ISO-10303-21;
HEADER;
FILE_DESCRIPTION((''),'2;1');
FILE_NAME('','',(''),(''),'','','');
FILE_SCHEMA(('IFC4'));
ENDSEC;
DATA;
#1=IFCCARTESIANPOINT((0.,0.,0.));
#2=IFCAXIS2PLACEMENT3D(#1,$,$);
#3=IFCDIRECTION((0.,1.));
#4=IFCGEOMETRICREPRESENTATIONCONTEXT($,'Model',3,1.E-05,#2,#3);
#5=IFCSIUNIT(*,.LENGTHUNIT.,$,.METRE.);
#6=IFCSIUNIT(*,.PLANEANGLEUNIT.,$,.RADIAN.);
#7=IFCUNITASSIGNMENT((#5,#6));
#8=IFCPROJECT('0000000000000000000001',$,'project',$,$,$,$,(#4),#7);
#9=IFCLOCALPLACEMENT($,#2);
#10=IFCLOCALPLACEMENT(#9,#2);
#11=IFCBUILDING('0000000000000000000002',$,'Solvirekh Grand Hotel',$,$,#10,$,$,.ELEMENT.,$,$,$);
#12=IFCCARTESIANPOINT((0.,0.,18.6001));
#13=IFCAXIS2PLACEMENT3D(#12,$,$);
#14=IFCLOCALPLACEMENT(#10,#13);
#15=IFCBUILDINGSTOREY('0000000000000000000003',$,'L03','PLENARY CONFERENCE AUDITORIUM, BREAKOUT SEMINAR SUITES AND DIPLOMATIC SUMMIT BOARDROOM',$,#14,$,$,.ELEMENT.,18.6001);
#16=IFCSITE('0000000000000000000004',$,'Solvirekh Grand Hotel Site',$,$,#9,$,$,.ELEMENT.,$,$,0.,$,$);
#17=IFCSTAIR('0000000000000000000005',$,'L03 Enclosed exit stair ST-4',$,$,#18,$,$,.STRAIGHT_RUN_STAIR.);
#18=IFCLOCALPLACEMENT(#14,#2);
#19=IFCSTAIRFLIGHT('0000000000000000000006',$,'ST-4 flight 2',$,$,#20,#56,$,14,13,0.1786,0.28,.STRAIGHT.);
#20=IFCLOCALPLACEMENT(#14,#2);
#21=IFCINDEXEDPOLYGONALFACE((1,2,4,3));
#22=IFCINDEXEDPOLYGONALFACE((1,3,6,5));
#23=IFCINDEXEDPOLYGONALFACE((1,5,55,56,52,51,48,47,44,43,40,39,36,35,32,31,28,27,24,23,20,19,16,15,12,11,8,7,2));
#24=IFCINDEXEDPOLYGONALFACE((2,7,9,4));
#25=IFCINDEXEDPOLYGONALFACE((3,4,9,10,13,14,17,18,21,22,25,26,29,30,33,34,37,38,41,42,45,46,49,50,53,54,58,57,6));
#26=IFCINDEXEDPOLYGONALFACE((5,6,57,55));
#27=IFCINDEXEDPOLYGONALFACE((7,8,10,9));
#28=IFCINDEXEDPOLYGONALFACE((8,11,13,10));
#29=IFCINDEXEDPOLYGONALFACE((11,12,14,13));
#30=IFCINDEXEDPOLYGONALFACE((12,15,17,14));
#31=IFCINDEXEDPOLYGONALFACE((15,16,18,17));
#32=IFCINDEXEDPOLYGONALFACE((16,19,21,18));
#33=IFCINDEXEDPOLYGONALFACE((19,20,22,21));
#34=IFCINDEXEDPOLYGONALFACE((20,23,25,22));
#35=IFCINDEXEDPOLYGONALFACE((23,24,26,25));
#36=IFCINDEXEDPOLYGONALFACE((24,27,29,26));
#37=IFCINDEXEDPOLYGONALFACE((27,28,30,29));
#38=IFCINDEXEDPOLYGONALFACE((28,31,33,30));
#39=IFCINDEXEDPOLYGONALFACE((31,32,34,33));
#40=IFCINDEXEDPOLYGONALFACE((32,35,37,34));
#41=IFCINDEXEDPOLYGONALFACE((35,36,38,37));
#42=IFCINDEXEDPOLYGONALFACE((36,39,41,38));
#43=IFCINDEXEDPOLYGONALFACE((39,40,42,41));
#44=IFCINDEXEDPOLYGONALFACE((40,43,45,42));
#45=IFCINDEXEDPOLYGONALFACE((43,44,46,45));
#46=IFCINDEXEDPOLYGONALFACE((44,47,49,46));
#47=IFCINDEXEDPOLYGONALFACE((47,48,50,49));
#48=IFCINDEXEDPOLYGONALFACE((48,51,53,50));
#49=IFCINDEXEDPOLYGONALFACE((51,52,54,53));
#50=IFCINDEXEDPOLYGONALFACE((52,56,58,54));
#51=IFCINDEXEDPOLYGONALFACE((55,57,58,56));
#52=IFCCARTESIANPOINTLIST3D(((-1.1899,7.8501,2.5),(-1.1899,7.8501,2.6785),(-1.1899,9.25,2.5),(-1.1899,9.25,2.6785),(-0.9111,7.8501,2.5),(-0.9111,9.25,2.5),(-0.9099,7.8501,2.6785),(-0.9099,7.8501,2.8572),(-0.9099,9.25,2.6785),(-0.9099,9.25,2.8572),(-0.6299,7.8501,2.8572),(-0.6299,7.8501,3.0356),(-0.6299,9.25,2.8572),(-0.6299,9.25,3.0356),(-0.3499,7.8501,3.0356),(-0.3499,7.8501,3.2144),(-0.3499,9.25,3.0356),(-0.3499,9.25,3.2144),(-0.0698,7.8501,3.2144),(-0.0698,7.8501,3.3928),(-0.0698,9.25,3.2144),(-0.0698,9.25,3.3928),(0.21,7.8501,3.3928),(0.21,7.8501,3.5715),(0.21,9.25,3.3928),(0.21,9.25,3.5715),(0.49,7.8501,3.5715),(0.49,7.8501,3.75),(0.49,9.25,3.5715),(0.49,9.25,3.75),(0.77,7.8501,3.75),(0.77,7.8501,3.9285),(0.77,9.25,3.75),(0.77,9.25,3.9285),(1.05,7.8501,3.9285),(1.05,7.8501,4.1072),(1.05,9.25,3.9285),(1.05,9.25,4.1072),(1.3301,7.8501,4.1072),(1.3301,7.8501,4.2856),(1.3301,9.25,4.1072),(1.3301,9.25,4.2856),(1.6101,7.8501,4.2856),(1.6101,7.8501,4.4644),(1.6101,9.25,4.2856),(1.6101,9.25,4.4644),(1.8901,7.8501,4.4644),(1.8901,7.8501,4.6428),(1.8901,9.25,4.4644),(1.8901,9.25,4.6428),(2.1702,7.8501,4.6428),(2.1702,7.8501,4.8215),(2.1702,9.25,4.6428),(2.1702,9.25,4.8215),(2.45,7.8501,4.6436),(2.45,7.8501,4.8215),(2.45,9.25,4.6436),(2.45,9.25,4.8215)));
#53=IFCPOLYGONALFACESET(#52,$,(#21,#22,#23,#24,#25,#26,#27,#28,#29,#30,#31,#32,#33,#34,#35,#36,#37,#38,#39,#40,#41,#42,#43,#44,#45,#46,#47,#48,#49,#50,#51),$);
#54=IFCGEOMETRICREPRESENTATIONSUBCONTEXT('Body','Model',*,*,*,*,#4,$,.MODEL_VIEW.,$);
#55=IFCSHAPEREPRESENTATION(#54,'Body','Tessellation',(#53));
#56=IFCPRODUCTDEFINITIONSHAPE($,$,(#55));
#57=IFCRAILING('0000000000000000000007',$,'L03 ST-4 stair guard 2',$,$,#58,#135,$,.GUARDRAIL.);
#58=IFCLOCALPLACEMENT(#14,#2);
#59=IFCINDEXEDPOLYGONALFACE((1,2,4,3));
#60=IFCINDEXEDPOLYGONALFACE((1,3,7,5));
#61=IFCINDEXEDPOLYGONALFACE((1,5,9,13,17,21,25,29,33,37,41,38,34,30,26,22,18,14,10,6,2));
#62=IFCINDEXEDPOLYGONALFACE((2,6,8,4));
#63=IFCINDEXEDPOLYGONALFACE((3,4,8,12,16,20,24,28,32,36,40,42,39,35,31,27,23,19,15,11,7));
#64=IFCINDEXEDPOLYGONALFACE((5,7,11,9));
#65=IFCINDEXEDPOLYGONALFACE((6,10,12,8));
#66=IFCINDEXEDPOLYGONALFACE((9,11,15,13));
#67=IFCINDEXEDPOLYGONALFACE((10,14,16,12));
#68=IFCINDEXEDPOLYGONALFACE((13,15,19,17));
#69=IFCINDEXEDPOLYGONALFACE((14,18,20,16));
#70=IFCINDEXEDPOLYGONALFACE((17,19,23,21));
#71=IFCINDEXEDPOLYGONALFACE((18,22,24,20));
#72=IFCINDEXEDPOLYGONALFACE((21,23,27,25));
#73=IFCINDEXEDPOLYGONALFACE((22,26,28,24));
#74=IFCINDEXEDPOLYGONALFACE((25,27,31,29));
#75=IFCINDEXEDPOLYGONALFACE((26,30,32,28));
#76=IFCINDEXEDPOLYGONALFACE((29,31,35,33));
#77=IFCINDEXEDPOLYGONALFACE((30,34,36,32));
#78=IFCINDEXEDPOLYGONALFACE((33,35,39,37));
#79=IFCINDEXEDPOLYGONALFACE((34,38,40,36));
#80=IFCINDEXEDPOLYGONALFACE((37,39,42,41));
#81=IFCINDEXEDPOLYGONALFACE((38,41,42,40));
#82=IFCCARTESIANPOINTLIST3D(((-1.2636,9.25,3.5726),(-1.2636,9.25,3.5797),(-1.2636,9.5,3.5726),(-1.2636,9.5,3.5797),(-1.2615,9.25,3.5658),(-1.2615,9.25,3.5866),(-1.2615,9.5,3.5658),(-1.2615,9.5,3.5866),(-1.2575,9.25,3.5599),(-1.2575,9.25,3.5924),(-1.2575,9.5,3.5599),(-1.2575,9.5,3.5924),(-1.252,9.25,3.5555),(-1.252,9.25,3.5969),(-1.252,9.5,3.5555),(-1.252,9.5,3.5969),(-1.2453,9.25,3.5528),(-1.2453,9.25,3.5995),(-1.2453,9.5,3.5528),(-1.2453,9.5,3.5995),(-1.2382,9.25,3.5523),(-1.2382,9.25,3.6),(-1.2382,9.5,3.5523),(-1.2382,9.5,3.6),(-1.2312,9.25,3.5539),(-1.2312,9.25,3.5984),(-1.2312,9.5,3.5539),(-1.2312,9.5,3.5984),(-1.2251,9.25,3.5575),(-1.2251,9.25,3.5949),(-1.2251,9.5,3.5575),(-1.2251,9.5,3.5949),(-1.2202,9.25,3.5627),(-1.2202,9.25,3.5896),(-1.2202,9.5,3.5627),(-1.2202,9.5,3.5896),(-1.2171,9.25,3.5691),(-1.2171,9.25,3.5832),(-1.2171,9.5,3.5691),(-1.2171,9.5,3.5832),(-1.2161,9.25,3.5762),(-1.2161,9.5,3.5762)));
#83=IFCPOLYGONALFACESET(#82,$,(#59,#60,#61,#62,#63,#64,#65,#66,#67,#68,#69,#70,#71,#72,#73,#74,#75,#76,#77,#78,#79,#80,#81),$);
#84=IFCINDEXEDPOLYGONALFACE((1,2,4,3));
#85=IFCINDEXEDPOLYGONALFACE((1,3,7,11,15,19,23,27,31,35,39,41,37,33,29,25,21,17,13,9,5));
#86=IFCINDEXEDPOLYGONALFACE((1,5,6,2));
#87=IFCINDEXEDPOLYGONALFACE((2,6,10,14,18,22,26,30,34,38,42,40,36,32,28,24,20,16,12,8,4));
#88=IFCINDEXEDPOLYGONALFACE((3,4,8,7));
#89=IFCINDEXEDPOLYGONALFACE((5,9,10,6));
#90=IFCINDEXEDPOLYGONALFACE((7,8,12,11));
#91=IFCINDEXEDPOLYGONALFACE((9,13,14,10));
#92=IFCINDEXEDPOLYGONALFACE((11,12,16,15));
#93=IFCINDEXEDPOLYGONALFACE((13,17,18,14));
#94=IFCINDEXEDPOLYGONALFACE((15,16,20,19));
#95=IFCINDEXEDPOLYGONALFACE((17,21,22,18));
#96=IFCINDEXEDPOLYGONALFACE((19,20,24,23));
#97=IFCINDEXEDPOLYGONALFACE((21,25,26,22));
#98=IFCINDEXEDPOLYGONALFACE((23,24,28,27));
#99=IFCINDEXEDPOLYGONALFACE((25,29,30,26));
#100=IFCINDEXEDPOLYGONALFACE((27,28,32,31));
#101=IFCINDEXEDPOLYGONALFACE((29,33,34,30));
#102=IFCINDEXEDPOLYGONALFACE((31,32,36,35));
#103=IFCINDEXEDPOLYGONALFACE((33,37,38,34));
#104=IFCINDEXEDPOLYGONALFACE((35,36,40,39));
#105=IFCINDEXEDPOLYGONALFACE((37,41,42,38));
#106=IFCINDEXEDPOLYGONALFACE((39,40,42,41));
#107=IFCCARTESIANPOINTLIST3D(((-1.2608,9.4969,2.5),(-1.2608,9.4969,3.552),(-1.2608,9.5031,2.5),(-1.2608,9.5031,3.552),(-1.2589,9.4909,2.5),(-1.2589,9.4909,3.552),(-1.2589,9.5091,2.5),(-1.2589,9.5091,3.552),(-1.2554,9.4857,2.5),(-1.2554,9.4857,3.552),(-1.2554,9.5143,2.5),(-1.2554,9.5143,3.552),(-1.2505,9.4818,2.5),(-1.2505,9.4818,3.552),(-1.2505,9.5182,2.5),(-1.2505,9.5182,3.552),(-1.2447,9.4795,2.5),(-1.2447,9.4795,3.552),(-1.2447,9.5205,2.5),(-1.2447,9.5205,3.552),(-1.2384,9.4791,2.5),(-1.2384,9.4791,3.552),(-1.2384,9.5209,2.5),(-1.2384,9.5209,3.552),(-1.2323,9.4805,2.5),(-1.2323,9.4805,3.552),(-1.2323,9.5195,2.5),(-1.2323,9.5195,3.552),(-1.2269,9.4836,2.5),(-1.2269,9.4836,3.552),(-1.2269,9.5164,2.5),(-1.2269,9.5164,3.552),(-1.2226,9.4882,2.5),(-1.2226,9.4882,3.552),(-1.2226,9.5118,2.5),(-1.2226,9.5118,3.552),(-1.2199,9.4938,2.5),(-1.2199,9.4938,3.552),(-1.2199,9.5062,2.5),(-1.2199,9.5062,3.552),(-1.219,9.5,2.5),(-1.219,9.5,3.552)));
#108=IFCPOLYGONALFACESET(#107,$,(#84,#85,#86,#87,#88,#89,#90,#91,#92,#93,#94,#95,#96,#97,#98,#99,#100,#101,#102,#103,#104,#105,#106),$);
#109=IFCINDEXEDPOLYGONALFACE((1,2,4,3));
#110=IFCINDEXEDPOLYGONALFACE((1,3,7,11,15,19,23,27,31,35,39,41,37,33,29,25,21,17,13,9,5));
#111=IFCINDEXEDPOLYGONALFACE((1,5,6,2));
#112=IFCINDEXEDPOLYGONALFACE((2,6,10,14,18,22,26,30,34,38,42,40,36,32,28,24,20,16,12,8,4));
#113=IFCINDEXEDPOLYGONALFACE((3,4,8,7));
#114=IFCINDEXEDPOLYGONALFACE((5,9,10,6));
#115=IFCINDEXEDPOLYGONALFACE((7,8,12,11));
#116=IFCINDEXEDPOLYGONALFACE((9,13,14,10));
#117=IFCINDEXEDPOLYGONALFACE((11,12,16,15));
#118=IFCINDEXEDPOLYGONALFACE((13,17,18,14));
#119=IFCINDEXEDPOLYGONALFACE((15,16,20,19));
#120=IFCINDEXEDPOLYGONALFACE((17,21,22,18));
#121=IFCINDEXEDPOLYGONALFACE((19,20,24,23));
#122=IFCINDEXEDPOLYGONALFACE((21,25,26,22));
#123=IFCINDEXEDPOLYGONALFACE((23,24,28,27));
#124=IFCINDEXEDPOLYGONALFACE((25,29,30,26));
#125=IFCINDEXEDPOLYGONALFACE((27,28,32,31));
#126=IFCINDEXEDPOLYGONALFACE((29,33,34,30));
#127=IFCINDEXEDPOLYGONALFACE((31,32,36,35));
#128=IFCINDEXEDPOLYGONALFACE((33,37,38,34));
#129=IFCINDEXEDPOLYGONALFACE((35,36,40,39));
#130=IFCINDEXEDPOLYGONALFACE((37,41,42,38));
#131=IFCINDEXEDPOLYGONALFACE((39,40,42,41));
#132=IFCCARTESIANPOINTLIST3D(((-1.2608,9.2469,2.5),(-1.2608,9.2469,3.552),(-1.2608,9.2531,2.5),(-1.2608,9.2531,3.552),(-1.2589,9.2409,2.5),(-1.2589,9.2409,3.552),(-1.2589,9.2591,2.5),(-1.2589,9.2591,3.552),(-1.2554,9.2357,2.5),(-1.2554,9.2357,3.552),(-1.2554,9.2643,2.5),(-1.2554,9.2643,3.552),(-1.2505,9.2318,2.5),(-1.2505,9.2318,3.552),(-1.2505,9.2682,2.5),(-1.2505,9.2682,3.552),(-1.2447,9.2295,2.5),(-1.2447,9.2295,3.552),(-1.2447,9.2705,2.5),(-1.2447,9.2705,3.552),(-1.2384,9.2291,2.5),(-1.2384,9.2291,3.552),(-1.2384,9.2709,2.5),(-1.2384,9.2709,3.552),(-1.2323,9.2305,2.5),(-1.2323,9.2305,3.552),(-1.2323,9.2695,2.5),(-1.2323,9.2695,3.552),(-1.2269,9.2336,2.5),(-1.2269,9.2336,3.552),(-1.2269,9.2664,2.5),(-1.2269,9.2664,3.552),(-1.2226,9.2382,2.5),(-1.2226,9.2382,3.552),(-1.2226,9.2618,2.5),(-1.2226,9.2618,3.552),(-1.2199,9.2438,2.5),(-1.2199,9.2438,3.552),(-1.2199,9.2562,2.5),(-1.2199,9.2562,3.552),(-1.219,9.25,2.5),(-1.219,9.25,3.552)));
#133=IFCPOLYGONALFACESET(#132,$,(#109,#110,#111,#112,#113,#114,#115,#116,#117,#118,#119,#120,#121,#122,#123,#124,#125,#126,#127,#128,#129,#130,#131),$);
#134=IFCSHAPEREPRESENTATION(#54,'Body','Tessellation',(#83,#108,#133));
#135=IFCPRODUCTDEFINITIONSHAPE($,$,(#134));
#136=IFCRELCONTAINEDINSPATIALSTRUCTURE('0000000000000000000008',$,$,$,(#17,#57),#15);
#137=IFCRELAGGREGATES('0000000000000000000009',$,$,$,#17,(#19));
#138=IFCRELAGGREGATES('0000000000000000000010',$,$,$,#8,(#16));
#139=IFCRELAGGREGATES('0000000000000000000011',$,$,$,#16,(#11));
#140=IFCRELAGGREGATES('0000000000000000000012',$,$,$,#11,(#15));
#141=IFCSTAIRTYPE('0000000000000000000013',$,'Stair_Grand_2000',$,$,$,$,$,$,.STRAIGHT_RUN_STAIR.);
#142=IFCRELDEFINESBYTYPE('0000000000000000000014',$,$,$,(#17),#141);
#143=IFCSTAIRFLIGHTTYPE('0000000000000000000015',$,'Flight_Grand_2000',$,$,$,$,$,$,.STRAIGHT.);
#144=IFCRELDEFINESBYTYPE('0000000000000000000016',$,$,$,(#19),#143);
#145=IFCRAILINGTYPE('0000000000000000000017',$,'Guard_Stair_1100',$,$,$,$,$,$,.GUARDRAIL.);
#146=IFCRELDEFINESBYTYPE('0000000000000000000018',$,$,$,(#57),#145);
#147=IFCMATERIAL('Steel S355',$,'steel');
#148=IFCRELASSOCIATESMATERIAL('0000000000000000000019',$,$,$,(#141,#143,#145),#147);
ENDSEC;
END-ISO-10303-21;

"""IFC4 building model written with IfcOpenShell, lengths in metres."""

from ifc_helpers import new_model, si_unit, direction, frame, origin, origin_2d, place, context, subcontext, project, spatial, polyline, circle, outline, extrude, material, type_object, element, aggregate, save


model = new_model("IFC4")

# Units and contexts
model_context = context("Model", 3, precision=1e-05, world=origin(), true_north=direction((0.0, 1.0)))
body_context = subcontext(model_context, "Body", "Model", "MODEL_VIEW")
ifc_project = project(units=[si_unit("LENGTHUNIT", "METRE"), si_unit("PLANEANGLEUNIT", "RADIAN")], contexts=[model_context])

# Site, building, storey
site_placement = place(None, origin())
site = spatial("IfcSite", under=ifc_project, at=site_placement, Name="Solvirekh Grand Hotel Site", CompositionType="ELEMENT", RefElevation=0.0)
building_placement = place(site_placement, origin())
building = spatial("IfcBuilding", under=site, at=building_placement, Name="Solvirekh Grand Hotel", CompositionType="ELEMENT")
storey_placement = place(building_placement, frame((0.0, 0.0, 18.6001)))
storey = spatial("IfcBuildingStorey", under=building, at=storey_placement, Name="L03", Description="PLENARY CONFERENCE AUDITORIUM, BREAKOUT SEMINAR SUITES AND DIPLOMATIC SUMMIT BOARDROOM", CompositionType="ELEMENT", Elevation=18.6001)

# Shared definitions
ifc_material_1 = material(Name="Steel S355", Category="steel")

# Stair, stair flight
stair_type = type_object("IfcStairType", Name="Stair_Grand_2000", PredefinedType="STRAIGHT_RUN_STAIR", material=ifc_material_1)
stair_placement = place(storey_placement, origin())
stair = element("IfcStair", 1, at=stair_placement, inside=storey, type_object=stair_type, Name="L03 Enclosed exit stair ST-4", PredefinedType="STRAIGHT_RUN_STAIR")
stair_flight_type = type_object("IfcStairFlightType", Name="Flight_Grand_2000", PredefinedType="STRAIGHT", material=ifc_material_1)
stair_flight_placement = place(storey_placement, frame((-1.1899, 8.55, 2.5), z_axis=(0.0, 0.0, 1.0), x_axis=(1.0, 0.0, 0.0)))
stair_flight = element("IfcStairFlight", 2, at=stair_flight_placement, type_object=stair_flight_type, Name="ST-4 flight 2", NumberOfRisers=14, NumberOfTreads=13, PredefinedType="STRAIGHT", RiserHeight=0.1786, TreadLength=0.28, context=body_context, shape_type="SweptSolid", body=[
    extrude(outline(polyline([(0.0, 0.0), (0.0, 0.1785), (0.28, 0.1785), (0.28, 0.3572), (0.5601, 0.3572), (0.5601, 0.5356), (0.8401, 0.5356), (0.8401, 0.7144), (1.1201, 0.7144), (1.1201, 0.8928), (1.3999, 0.8928), (1.3999, 1.0715), (1.6799, 1.0715), (1.6799, 1.25), (1.96, 1.25), (1.96, 1.4285), (2.24, 1.4285), (2.24, 1.6072), (2.52, 1.6072), (2.52, 1.7856), (2.8, 1.7856), (2.8, 1.9644), (3.0801, 1.9644), (3.0801, 2.1428), (3.3601, 2.1428), (3.3601, 2.3215), (3.6399, 2.3215), (3.6399, 2.5), (3.6399, 2.1436), (0.2788, 0.0), (0.0, 0.0)])), frame((0.0, 0.7, 0.0), z_axis=(0.0, -1.0, 0.0), x_axis=(1.0, 0.0, 0.0)), (0.0, 0.0, 1.0), 1.3999),
])
aggregate(stair, [stair_flight])

# Railing
railing_type_1 = type_object("IfcRailingType", Name="Guard_Stair_1100", PredefinedType="GUARDRAIL", material=ifc_material_1)
railing_1_placement = place(storey_placement, frame((-1.24, 9.5, 2.5)))
element("IfcRailing", 3, at=railing_1_placement, inside=storey, type_object=railing_type_1, Name="L03 ST-4 stair guard 2", PredefinedType="GUARDRAIL", context=body_context, shape_type="SweptSolid", body=[
    extrude(circle(Radius=0.0239, at=origin_2d()), frame((0.0, 0.0, 1.0762), z_axis=(0.0, -1.0, 0.0), x_axis=(1.0, 0.0, 0.0)), (0.0, 0.0, 1.0), 0.25),
    extrude(circle(Radius=0.021, at=origin_2d()), origin(), (0.0, 0.0, 1.0), 1.052),
    extrude(circle(Radius=0.021, at=origin_2d()), frame((0.0, -0.25, 0.0)), (0.0, 0.0, 1.0), 1.052),
])

save(model, "model.ifc")
